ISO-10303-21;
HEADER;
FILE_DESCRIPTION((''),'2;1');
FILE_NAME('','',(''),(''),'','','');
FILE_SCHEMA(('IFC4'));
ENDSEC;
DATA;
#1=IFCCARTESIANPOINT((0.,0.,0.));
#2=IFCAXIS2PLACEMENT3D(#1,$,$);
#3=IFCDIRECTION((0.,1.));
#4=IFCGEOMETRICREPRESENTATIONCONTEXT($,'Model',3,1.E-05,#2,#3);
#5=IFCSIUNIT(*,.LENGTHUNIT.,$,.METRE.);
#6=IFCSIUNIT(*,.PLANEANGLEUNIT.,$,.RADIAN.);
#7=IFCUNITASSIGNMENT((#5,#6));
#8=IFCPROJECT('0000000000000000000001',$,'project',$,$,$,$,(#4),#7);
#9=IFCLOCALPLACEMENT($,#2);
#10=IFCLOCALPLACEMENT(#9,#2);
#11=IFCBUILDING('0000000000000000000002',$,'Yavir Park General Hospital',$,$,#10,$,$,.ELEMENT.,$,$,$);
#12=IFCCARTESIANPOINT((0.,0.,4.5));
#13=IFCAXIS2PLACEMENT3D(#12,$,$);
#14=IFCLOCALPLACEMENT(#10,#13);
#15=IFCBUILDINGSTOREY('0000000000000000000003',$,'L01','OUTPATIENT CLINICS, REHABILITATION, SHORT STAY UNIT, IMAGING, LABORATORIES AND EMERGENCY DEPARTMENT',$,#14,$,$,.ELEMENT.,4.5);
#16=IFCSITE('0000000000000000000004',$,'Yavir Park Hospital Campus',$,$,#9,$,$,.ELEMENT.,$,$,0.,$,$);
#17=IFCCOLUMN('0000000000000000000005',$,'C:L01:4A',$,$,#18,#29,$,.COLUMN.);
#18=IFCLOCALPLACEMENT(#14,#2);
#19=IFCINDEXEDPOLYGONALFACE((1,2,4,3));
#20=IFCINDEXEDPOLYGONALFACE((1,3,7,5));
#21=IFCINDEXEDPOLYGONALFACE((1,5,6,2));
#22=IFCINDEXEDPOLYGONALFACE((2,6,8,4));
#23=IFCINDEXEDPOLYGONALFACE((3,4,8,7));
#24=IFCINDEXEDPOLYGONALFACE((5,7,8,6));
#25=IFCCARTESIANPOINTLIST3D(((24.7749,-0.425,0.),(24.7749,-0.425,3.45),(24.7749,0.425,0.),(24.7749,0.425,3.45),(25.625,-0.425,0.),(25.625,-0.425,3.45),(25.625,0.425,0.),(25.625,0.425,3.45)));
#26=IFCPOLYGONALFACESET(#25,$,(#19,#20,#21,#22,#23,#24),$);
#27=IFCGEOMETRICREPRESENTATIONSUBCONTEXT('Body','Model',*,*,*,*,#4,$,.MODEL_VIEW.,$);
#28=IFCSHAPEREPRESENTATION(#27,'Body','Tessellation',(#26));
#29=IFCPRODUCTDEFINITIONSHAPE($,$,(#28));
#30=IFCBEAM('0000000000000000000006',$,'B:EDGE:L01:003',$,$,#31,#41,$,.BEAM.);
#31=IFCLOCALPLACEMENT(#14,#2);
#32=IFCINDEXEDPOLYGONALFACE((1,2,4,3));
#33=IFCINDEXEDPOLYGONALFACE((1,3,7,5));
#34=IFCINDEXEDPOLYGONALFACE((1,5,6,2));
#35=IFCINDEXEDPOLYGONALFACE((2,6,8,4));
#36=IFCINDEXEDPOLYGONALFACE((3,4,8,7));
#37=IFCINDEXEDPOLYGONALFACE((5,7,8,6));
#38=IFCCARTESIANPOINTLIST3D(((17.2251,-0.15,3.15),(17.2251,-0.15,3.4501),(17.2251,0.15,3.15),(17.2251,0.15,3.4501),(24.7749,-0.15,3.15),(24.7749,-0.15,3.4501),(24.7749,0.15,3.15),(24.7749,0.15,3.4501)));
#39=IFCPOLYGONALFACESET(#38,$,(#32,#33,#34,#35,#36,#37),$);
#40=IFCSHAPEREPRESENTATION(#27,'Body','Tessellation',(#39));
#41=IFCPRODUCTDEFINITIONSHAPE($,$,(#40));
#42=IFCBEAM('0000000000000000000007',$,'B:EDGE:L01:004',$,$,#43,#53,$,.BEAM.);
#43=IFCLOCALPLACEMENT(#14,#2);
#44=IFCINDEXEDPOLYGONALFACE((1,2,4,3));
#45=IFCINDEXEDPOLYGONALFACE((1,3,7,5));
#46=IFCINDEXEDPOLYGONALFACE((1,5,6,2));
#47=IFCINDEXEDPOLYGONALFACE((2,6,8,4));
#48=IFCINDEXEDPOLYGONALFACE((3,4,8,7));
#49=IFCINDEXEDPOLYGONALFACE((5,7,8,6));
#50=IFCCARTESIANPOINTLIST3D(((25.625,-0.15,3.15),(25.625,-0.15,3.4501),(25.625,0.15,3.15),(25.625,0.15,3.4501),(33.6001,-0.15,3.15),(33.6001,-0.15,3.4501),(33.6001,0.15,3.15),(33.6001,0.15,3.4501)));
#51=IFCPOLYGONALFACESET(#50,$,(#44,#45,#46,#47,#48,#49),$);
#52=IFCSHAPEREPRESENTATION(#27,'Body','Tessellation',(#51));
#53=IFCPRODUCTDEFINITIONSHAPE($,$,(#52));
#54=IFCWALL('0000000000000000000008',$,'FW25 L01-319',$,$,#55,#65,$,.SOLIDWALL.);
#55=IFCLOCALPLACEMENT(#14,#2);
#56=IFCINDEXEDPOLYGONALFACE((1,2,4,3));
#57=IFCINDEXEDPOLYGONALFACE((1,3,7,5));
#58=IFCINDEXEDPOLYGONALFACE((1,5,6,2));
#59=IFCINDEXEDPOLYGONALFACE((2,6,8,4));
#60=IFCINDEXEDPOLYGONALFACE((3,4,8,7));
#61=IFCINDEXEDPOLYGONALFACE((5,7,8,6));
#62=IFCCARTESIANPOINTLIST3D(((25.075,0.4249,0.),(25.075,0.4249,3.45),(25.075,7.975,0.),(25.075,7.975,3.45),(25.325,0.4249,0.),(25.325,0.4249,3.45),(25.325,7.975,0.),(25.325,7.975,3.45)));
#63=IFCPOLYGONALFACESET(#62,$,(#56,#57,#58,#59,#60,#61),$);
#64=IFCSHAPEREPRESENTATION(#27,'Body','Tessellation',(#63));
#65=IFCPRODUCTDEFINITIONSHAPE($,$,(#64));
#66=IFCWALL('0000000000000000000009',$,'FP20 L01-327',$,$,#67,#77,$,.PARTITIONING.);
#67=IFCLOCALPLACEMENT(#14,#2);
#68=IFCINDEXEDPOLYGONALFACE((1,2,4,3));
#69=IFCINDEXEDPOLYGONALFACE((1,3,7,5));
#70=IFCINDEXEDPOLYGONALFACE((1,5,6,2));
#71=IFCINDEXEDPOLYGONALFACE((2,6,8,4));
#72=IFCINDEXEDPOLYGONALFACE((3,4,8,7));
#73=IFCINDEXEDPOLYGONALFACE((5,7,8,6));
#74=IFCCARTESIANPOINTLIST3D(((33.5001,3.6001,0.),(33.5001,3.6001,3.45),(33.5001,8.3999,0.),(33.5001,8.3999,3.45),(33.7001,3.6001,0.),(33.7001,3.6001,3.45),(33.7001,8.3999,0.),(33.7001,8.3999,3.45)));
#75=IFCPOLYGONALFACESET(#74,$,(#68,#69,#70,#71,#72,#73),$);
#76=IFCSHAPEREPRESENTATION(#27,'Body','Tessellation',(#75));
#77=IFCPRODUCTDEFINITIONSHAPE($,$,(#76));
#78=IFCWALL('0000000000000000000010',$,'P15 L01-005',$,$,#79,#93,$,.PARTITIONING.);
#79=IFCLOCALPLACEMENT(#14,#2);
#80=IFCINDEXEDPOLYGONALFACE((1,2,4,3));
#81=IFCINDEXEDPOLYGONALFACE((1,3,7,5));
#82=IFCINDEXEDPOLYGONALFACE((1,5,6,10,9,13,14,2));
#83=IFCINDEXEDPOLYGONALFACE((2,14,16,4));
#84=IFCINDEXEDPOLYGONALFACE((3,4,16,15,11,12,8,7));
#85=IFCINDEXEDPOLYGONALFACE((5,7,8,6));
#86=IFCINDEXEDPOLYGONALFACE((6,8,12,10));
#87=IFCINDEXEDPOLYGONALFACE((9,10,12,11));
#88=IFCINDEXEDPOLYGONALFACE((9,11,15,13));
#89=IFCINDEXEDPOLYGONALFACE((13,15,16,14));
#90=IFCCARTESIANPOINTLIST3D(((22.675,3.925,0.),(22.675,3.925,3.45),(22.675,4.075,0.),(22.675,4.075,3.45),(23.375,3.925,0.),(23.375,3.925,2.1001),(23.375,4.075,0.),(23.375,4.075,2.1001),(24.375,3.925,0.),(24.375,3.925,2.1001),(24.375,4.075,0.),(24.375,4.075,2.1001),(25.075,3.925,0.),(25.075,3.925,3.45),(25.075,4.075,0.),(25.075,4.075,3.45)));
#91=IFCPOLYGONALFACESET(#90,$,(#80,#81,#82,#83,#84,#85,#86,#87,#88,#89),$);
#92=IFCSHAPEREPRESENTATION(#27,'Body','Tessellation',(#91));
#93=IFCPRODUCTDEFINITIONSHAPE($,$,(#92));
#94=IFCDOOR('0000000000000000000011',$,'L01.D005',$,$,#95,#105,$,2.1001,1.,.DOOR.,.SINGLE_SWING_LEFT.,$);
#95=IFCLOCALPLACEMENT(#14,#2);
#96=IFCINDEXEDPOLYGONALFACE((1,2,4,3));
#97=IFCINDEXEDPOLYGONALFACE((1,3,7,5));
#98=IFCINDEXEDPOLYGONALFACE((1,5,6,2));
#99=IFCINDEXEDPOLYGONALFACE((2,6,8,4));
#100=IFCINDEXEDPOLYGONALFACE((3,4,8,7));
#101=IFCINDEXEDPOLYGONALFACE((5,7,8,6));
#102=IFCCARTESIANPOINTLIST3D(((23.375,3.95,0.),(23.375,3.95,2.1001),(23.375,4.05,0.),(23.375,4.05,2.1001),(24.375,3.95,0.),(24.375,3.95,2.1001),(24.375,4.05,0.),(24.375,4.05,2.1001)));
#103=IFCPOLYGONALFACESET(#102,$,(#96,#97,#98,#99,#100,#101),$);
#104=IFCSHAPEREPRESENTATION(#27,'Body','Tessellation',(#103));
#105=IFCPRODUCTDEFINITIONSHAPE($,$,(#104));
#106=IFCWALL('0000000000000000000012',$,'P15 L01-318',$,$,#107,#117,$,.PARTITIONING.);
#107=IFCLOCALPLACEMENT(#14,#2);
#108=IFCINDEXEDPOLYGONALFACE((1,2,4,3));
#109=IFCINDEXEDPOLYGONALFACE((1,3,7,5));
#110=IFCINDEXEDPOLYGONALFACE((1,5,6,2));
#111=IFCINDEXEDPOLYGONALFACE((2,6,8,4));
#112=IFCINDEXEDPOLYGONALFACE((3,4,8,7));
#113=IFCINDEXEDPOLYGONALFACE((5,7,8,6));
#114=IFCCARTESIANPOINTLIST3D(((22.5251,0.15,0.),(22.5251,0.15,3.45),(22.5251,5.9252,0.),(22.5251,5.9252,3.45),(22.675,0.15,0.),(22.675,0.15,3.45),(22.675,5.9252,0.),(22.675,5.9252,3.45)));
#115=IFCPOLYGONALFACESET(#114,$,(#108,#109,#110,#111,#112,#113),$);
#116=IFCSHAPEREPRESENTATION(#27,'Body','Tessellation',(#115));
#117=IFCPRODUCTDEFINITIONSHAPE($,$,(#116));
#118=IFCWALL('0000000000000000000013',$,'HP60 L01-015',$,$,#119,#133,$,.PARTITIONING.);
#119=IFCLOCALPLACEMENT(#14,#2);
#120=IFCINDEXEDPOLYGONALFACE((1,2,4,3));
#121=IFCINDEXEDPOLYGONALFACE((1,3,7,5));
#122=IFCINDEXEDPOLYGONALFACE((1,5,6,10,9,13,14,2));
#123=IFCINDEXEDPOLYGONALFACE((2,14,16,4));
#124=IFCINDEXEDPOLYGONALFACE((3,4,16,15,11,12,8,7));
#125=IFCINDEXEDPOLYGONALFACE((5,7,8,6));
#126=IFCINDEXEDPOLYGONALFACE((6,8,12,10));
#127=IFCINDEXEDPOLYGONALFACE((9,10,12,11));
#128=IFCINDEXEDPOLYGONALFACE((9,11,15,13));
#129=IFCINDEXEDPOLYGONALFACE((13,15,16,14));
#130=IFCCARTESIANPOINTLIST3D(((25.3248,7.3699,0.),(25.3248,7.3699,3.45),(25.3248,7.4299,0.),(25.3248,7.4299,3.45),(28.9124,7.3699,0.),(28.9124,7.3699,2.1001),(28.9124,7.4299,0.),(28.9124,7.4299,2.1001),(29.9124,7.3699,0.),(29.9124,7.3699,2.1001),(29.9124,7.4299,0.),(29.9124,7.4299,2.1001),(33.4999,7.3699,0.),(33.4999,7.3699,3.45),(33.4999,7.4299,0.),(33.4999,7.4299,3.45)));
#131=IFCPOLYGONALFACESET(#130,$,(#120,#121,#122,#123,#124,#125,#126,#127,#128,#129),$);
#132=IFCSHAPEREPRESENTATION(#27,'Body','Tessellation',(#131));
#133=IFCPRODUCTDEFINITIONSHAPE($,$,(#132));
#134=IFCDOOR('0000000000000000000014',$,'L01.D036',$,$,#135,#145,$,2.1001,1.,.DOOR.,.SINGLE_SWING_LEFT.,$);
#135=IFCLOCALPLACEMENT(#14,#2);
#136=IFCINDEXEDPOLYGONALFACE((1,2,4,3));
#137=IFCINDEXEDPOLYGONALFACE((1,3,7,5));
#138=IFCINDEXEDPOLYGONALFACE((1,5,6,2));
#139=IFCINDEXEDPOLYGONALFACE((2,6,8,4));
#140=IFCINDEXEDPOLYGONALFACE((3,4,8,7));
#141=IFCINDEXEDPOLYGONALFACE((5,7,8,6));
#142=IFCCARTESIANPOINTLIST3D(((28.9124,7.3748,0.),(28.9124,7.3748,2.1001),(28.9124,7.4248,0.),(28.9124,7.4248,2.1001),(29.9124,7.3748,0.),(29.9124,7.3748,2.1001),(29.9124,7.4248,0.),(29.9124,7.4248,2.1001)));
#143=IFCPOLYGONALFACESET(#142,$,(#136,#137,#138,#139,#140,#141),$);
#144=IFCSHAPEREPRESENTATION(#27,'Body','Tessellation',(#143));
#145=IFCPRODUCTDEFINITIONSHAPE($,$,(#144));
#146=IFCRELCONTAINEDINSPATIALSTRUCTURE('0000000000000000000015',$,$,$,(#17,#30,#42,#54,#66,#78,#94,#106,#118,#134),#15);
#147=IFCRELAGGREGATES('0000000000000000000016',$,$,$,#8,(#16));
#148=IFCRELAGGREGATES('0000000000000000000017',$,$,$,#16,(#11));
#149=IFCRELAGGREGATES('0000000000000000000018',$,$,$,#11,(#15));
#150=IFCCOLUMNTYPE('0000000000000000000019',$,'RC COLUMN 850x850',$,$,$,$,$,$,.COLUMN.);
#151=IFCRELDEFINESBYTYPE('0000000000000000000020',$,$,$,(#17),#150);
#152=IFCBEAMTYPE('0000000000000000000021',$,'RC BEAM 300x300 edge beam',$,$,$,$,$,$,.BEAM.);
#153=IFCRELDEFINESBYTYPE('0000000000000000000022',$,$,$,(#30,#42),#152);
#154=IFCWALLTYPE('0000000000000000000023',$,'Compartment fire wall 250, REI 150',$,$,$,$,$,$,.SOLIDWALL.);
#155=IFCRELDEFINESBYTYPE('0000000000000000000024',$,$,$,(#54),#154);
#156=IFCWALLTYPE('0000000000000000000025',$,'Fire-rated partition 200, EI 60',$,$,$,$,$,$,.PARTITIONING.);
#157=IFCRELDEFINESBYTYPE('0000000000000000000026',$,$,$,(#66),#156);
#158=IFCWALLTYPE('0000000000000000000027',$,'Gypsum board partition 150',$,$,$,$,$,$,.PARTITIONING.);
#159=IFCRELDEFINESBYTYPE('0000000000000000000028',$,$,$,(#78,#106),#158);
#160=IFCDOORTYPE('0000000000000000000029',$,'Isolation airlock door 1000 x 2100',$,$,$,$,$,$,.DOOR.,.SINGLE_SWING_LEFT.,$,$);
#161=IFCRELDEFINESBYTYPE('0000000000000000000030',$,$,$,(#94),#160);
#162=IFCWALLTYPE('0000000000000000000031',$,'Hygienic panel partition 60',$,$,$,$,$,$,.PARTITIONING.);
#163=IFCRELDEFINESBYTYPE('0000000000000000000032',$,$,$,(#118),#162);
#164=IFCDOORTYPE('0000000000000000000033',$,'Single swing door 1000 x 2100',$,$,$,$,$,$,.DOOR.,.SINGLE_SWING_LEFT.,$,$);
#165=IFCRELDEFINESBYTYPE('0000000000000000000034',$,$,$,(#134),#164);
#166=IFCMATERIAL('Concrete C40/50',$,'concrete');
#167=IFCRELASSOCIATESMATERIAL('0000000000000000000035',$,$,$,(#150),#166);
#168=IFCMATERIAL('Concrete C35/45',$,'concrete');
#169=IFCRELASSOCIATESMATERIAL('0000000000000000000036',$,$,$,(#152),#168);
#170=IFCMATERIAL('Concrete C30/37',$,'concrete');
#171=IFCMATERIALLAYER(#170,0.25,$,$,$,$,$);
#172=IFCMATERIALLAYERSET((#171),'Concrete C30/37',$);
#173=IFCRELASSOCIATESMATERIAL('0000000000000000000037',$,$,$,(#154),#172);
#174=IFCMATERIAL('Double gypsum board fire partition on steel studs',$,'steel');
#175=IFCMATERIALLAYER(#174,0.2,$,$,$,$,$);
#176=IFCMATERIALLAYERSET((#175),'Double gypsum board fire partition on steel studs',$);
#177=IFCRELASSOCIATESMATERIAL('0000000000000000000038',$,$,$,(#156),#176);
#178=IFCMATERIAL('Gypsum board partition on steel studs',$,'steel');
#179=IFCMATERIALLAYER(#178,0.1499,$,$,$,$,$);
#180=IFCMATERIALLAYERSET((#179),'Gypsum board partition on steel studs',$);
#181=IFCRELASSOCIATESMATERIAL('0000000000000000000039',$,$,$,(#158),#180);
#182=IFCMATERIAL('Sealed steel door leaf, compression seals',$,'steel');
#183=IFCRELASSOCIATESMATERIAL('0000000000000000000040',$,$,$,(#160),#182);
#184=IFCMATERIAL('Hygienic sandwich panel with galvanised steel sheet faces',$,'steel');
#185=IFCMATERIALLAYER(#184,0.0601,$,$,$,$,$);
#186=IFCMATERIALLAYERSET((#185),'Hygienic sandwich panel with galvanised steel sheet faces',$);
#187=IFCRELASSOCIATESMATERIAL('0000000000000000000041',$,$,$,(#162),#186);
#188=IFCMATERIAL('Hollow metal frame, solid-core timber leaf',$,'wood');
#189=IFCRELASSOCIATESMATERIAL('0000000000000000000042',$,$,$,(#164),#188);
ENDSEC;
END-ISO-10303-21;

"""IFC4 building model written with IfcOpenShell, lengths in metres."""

from ifc_helpers import new_model, si_unit, direction, frame, frame_2d, origin, origin_2d, place, context, subcontext, project, spatial, rectangle, extrude, material, layer, layer_set, material_profile, profile_set, type_object, element, fill, save


model = new_model("IFC4")

# Units and contexts
model_context = context("Model", 3, precision=1e-05, world=origin(), true_north=direction((0.0, 1.0)))
body_context = subcontext(model_context, "Body", "Model", "MODEL_VIEW")
ifc_project = project(units=[si_unit("LENGTHUNIT", "METRE"), si_unit("PLANEANGLEUNIT", "RADIAN")], contexts=[model_context])

# Site, building, storey
site_placement = place(None, origin())
site = spatial("IfcSite", under=ifc_project, at=site_placement, Name="Yavir Park Hospital Campus", CompositionType="ELEMENT", RefElevation=0.0)
building_placement = place(site_placement, origin())
building = spatial("IfcBuilding", under=site, at=building_placement, Name="Yavir Park General Hospital", CompositionType="ELEMENT")
storey_placement = place(building_placement, frame((0.0, 0.0, 4.5)))
storey = spatial("IfcBuildingStorey", under=building, at=storey_placement, Name="L01", Description="OUTPATIENT CLINICS, REHABILITATION, SHORT STAY UNIT, IMAGING, LABORATORIES AND EMERGENCY DEPARTMENT", CompositionType="ELEMENT", Elevation=4.5)

# Column
ifc_material_1 = material(Name="Concrete C40/50", Category="concrete")
ifc_material_profile_1 = material_profile(ifc_material_1, rectangle(XDim=0.8501, YDim=0.8501, at=origin_2d()), Name="RC850x850")
ifc_profile_set_1 = profile_set([ifc_material_profile_1], Name="Concrete C40/50")
column_type = type_object("IfcColumnType", Name="RC COLUMN 850x850", PredefinedType="COLUMN", material=ifc_profile_set_1)
column_placement = place(storey_placement, frame((25.2, 0.0, 0.0), z_axis=(0.0, 0.0, 1.0), x_axis=(1.0, 0.0, 0.0)))
element("IfcColumn", 1, at=column_placement, inside=storey, type_object=column_type, Name="C:L01:4A", PredefinedType="COLUMN", context=body_context, shape_type="SweptSolid", body=[
    extrude(rectangle(XDim=0.8501, YDim=0.8501, at=origin_2d()), origin(), (0.0, 0.0, 1.0), 3.45),
])

# Beams
ifc_material_2 = material(Name="Concrete C35/45", Category="concrete")
ifc_material_profile_2 = material_profile(ifc_material_2, rectangle(XDim=0.3, YDim=0.3, at=origin_2d()), Name="RC300x300")
ifc_profile_set_2 = profile_set([ifc_material_profile_2], Name="Concrete C35/45")
beam_type = type_object("IfcBeamType", Name="RC BEAM 300x300 edge beam", PredefinedType="BEAM", material=ifc_profile_set_2)
beam_1_placement = place(storey_placement, frame((17.2251, 0.0, 3.3), z_axis=(1.0, 0.0, 0.0), x_axis=(0.0, 1.0, 0.0)))
element("IfcBeam", 2, at=beam_1_placement, inside=storey, type_object=beam_type, Name="B:EDGE:L01:003", PredefinedType="BEAM", context=body_context, shape_type="SweptSolid", body=[
    extrude(rectangle(XDim=0.3, YDim=0.3, at=origin_2d()), origin(), (0.0, 0.0, 1.0), 7.5498),
])
beam_2_placement = place(storey_placement, frame((25.625, 0.0, 3.3), z_axis=(1.0, 0.0, 0.0), x_axis=(0.0, 1.0, 0.0)))
element("IfcBeam", 3, at=beam_2_placement, inside=storey, type_object=beam_type, Name="B:EDGE:L01:004", PredefinedType="BEAM", context=body_context, shape_type="SweptSolid", body=[
    extrude(rectangle(XDim=0.3, YDim=0.3, at=origin_2d()), origin(), (0.0, 0.0, 1.0), 7.9751),
])

# Walls
ifc_material_3 = material(Name="Concrete C30/37", Category="concrete")
ifc_layer_1 = layer(ifc_material_3, 0.25)
ifc_layer_set_1 = layer_set([ifc_layer_1], Name="Concrete C30/37")
wall_type_1 = type_object("IfcWallType", Name="Compartment fire wall 250, REI 150", PredefinedType="SOLIDWALL", material=ifc_layer_set_1)
wall_1_placement = place(storey_placement, frame((25.2, 0.425, 0.0), z_axis=(0.0, 0.0, 1.0), x_axis=(0.0, 1.0, 0.0)))
element("IfcWall", 4, at=wall_1_placement, inside=storey, type_object=wall_type_1, Name="FW25 L01-319", PredefinedType="SOLIDWALL", context=body_context, shape_type="SweptSolid", body=[
    extrude(rectangle(XDim=7.55, YDim=0.25, at=frame_2d((3.7749, 0.0))), origin(), (0.0, 0.0, 1.0), 3.45),
])
ifc_material_4 = material(Name="Double gypsum board fire partition on steel studs", Category="steel")
ifc_layer_2 = layer(ifc_material_4, 0.2)
ifc_layer_set_2 = layer_set([ifc_layer_2], Name="Double gypsum board fire partition on steel studs")
wall_type_2 = type_object("IfcWallType", Name="Fire-rated partition 200, EI 60", PredefinedType="PARTITIONING", material=ifc_layer_set_2)
wall_2_placement = place(storey_placement, frame((33.6001, 3.6001, 0.0), z_axis=(0.0, 0.0, 1.0), x_axis=(0.0, 1.0, 0.0)))
element("IfcWall", 5, at=wall_2_placement, inside=storey, type_object=wall_type_2, Name="FP20 L01-327", PredefinedType="PARTITIONING", context=body_context, shape_type="SweptSolid", body=[
    extrude(rectangle(XDim=4.7998, YDim=0.2, at=frame_2d((2.3999, 0.0))), origin(), (0.0, 0.0, 1.0), 3.45),
])

# Wall, opening, door
ifc_material_5 = material(Name="Gypsum board partition on steel studs", Category="steel")
ifc_layer_3 = layer(ifc_material_5, 0.1499)
ifc_layer_set_3 = layer_set([ifc_layer_3], Name="Gypsum board partition on steel studs")
wall_type_3 = type_object("IfcWallType", Name="Gypsum board partition 150", PredefinedType="PARTITIONING", material=ifc_layer_set_3)
wall_3_placement = place(storey_placement, frame((22.675, 4.0, 0.0), z_axis=(0.0, 0.0, 1.0), x_axis=(1.0, 0.0, 0.0)))
wall_3 = element("IfcWall", 6, at=wall_3_placement, inside=storey, type_object=wall_type_3, Name="P15 L01-005", PredefinedType="PARTITIONING", context=body_context, shape_type="SweptSolid", body=[
    extrude(rectangle(XDim=2.3999, YDim=0.1499, at=frame_2d((1.2, 0.0))), origin(), (0.0, 0.0, 1.0), 3.45),
])
opening_1_placement = place(wall_3_placement, frame((0.7, 0.0, 0.0)))
opening_1 = element("IfcOpeningElement", 7, at=opening_1_placement, cuts=wall_3, PredefinedType="OPENING", context=body_context, shape_type="SweptSolid", body=[
    extrude(rectangle(XDim=1.0, YDim=2.1001, at=frame_2d((0.5, 1.05))), frame((0.0, 0.085, 0.0), z_axis=(0.0, -1.0, 0.0), x_axis=(1.0, 0.0, 0.0)), (0.0, 0.0, 1.0), 0.1699),
])
ifc_material_6 = material(Name="Sealed steel door leaf, compression seals", Category="steel")
door_type_1 = type_object("IfcDoorType", Name="Isolation airlock door 1000 x 2100", OperationType="SINGLE_SWING_LEFT", PredefinedType="DOOR", material=ifc_material_6)
door_1_placement = place(opening_1_placement, origin())
door_1 = element("IfcDoor", 8, at=door_1_placement, inside=storey, type_object=door_type_1, Name="L01.D005", OperationType="SINGLE_SWING_LEFT", OverallHeight=2.1001, OverallWidth=1.0, PredefinedType="DOOR", context=body_context, shape_type="SweptSolid", body=[
    extrude(rectangle(XDim=1.0, YDim=2.1001, at=frame_2d((0.5, 1.05))), frame((0.0, 0.05, 0.0), z_axis=(0.0, -1.0, 0.0), x_axis=(1.0, 0.0, 0.0)), (0.0, 0.0, 1.0), 0.1001),
])
fill(opening_1, door_1)

# Wall
wall_4_placement = place(storey_placement, frame((22.6001, 0.1499, 0.0), z_axis=(0.0, 0.0, 1.0), x_axis=(0.0, 1.0, 0.0)))
element("IfcWall", 9, at=wall_4_placement, inside=storey, type_object=wall_type_3, Name="P15 L01-318", PredefinedType="PARTITIONING", context=body_context, shape_type="SweptSolid", body=[
    extrude(rectangle(XDim=5.7751, YDim=0.1499, at=frame_2d((2.8877, 0.0))), origin(), (0.0, 0.0, 1.0), 3.45),
])

# Wall, opening, door
ifc_material_7 = material(Name="Hygienic sandwich panel with galvanised steel sheet faces", Category="steel")
ifc_layer_4 = layer(ifc_material_7, 0.0601)
ifc_layer_set_4 = layer_set([ifc_layer_4], Name="Hygienic sandwich panel with galvanised steel sheet faces")
wall_type_4 = type_object("IfcWallType", Name="Hygienic panel partition 60", PredefinedType="PARTITIONING", material=ifc_layer_set_4)
wall_5_placement = place(storey_placement, frame((25.325, 7.3999, 0.0), z_axis=(0.0, 0.0, 1.0), x_axis=(1.0, 0.0, 0.0)))
wall_5 = element("IfcWall", 10, at=wall_5_placement, inside=storey, type_object=wall_type_4, Name="HP60 L01-015", PredefinedType="PARTITIONING", context=body_context, shape_type="SweptSolid", body=[
    extrude(rectangle(XDim=8.175, YDim=0.0601, at=frame_2d((4.0874, 0.0))), origin(), (0.0, 0.0, 1.0), 3.45),
])
opening_2_placement = place(wall_5_placement, frame((3.5874, 0.0, 0.0)))
opening_2 = element("IfcOpeningElement", 11, at=opening_2_placement, cuts=wall_5, PredefinedType="OPENING", context=body_context, shape_type="SweptSolid", body=[
    extrude(rectangle(XDim=1.0, YDim=2.1001, at=frame_2d((0.5, 1.05))), frame((0.0, 0.04, 0.0), z_axis=(0.0, -1.0, 0.0), x_axis=(1.0, 0.0, 0.0)), (0.0, 0.0, 1.0), 0.0801),
])
ifc_material_8 = material(Name="Hollow metal frame, solid-core timber leaf", Category="wood")
door_type_2 = type_object("IfcDoorType", Name="Single swing door 1000 x 2100", OperationType="SINGLE_SWING_LEFT", PredefinedType="DOOR", material=ifc_material_8)
door_2_placement = place(opening_2_placement, origin())
door_2 = element("IfcDoor", 12, at=door_2_placement, inside=storey, type_object=door_type_2, Name="L01.D036", OperationType="SINGLE_SWING_LEFT", OverallHeight=2.1001, OverallWidth=1.0, PredefinedType="DOOR", context=body_context, shape_type="SweptSolid", body=[
    extrude(rectangle(XDim=1.0, YDim=2.1001, at=frame_2d((0.5, 1.05))), frame((0.0, 0.0249, 0.0), z_axis=(0.0, -1.0, 0.0), x_axis=(1.0, 0.0, 0.0)), (0.0, 0.0, 1.0), 0.05),
])
fill(opening_2, door_2)

save(model, "model.ifc")
